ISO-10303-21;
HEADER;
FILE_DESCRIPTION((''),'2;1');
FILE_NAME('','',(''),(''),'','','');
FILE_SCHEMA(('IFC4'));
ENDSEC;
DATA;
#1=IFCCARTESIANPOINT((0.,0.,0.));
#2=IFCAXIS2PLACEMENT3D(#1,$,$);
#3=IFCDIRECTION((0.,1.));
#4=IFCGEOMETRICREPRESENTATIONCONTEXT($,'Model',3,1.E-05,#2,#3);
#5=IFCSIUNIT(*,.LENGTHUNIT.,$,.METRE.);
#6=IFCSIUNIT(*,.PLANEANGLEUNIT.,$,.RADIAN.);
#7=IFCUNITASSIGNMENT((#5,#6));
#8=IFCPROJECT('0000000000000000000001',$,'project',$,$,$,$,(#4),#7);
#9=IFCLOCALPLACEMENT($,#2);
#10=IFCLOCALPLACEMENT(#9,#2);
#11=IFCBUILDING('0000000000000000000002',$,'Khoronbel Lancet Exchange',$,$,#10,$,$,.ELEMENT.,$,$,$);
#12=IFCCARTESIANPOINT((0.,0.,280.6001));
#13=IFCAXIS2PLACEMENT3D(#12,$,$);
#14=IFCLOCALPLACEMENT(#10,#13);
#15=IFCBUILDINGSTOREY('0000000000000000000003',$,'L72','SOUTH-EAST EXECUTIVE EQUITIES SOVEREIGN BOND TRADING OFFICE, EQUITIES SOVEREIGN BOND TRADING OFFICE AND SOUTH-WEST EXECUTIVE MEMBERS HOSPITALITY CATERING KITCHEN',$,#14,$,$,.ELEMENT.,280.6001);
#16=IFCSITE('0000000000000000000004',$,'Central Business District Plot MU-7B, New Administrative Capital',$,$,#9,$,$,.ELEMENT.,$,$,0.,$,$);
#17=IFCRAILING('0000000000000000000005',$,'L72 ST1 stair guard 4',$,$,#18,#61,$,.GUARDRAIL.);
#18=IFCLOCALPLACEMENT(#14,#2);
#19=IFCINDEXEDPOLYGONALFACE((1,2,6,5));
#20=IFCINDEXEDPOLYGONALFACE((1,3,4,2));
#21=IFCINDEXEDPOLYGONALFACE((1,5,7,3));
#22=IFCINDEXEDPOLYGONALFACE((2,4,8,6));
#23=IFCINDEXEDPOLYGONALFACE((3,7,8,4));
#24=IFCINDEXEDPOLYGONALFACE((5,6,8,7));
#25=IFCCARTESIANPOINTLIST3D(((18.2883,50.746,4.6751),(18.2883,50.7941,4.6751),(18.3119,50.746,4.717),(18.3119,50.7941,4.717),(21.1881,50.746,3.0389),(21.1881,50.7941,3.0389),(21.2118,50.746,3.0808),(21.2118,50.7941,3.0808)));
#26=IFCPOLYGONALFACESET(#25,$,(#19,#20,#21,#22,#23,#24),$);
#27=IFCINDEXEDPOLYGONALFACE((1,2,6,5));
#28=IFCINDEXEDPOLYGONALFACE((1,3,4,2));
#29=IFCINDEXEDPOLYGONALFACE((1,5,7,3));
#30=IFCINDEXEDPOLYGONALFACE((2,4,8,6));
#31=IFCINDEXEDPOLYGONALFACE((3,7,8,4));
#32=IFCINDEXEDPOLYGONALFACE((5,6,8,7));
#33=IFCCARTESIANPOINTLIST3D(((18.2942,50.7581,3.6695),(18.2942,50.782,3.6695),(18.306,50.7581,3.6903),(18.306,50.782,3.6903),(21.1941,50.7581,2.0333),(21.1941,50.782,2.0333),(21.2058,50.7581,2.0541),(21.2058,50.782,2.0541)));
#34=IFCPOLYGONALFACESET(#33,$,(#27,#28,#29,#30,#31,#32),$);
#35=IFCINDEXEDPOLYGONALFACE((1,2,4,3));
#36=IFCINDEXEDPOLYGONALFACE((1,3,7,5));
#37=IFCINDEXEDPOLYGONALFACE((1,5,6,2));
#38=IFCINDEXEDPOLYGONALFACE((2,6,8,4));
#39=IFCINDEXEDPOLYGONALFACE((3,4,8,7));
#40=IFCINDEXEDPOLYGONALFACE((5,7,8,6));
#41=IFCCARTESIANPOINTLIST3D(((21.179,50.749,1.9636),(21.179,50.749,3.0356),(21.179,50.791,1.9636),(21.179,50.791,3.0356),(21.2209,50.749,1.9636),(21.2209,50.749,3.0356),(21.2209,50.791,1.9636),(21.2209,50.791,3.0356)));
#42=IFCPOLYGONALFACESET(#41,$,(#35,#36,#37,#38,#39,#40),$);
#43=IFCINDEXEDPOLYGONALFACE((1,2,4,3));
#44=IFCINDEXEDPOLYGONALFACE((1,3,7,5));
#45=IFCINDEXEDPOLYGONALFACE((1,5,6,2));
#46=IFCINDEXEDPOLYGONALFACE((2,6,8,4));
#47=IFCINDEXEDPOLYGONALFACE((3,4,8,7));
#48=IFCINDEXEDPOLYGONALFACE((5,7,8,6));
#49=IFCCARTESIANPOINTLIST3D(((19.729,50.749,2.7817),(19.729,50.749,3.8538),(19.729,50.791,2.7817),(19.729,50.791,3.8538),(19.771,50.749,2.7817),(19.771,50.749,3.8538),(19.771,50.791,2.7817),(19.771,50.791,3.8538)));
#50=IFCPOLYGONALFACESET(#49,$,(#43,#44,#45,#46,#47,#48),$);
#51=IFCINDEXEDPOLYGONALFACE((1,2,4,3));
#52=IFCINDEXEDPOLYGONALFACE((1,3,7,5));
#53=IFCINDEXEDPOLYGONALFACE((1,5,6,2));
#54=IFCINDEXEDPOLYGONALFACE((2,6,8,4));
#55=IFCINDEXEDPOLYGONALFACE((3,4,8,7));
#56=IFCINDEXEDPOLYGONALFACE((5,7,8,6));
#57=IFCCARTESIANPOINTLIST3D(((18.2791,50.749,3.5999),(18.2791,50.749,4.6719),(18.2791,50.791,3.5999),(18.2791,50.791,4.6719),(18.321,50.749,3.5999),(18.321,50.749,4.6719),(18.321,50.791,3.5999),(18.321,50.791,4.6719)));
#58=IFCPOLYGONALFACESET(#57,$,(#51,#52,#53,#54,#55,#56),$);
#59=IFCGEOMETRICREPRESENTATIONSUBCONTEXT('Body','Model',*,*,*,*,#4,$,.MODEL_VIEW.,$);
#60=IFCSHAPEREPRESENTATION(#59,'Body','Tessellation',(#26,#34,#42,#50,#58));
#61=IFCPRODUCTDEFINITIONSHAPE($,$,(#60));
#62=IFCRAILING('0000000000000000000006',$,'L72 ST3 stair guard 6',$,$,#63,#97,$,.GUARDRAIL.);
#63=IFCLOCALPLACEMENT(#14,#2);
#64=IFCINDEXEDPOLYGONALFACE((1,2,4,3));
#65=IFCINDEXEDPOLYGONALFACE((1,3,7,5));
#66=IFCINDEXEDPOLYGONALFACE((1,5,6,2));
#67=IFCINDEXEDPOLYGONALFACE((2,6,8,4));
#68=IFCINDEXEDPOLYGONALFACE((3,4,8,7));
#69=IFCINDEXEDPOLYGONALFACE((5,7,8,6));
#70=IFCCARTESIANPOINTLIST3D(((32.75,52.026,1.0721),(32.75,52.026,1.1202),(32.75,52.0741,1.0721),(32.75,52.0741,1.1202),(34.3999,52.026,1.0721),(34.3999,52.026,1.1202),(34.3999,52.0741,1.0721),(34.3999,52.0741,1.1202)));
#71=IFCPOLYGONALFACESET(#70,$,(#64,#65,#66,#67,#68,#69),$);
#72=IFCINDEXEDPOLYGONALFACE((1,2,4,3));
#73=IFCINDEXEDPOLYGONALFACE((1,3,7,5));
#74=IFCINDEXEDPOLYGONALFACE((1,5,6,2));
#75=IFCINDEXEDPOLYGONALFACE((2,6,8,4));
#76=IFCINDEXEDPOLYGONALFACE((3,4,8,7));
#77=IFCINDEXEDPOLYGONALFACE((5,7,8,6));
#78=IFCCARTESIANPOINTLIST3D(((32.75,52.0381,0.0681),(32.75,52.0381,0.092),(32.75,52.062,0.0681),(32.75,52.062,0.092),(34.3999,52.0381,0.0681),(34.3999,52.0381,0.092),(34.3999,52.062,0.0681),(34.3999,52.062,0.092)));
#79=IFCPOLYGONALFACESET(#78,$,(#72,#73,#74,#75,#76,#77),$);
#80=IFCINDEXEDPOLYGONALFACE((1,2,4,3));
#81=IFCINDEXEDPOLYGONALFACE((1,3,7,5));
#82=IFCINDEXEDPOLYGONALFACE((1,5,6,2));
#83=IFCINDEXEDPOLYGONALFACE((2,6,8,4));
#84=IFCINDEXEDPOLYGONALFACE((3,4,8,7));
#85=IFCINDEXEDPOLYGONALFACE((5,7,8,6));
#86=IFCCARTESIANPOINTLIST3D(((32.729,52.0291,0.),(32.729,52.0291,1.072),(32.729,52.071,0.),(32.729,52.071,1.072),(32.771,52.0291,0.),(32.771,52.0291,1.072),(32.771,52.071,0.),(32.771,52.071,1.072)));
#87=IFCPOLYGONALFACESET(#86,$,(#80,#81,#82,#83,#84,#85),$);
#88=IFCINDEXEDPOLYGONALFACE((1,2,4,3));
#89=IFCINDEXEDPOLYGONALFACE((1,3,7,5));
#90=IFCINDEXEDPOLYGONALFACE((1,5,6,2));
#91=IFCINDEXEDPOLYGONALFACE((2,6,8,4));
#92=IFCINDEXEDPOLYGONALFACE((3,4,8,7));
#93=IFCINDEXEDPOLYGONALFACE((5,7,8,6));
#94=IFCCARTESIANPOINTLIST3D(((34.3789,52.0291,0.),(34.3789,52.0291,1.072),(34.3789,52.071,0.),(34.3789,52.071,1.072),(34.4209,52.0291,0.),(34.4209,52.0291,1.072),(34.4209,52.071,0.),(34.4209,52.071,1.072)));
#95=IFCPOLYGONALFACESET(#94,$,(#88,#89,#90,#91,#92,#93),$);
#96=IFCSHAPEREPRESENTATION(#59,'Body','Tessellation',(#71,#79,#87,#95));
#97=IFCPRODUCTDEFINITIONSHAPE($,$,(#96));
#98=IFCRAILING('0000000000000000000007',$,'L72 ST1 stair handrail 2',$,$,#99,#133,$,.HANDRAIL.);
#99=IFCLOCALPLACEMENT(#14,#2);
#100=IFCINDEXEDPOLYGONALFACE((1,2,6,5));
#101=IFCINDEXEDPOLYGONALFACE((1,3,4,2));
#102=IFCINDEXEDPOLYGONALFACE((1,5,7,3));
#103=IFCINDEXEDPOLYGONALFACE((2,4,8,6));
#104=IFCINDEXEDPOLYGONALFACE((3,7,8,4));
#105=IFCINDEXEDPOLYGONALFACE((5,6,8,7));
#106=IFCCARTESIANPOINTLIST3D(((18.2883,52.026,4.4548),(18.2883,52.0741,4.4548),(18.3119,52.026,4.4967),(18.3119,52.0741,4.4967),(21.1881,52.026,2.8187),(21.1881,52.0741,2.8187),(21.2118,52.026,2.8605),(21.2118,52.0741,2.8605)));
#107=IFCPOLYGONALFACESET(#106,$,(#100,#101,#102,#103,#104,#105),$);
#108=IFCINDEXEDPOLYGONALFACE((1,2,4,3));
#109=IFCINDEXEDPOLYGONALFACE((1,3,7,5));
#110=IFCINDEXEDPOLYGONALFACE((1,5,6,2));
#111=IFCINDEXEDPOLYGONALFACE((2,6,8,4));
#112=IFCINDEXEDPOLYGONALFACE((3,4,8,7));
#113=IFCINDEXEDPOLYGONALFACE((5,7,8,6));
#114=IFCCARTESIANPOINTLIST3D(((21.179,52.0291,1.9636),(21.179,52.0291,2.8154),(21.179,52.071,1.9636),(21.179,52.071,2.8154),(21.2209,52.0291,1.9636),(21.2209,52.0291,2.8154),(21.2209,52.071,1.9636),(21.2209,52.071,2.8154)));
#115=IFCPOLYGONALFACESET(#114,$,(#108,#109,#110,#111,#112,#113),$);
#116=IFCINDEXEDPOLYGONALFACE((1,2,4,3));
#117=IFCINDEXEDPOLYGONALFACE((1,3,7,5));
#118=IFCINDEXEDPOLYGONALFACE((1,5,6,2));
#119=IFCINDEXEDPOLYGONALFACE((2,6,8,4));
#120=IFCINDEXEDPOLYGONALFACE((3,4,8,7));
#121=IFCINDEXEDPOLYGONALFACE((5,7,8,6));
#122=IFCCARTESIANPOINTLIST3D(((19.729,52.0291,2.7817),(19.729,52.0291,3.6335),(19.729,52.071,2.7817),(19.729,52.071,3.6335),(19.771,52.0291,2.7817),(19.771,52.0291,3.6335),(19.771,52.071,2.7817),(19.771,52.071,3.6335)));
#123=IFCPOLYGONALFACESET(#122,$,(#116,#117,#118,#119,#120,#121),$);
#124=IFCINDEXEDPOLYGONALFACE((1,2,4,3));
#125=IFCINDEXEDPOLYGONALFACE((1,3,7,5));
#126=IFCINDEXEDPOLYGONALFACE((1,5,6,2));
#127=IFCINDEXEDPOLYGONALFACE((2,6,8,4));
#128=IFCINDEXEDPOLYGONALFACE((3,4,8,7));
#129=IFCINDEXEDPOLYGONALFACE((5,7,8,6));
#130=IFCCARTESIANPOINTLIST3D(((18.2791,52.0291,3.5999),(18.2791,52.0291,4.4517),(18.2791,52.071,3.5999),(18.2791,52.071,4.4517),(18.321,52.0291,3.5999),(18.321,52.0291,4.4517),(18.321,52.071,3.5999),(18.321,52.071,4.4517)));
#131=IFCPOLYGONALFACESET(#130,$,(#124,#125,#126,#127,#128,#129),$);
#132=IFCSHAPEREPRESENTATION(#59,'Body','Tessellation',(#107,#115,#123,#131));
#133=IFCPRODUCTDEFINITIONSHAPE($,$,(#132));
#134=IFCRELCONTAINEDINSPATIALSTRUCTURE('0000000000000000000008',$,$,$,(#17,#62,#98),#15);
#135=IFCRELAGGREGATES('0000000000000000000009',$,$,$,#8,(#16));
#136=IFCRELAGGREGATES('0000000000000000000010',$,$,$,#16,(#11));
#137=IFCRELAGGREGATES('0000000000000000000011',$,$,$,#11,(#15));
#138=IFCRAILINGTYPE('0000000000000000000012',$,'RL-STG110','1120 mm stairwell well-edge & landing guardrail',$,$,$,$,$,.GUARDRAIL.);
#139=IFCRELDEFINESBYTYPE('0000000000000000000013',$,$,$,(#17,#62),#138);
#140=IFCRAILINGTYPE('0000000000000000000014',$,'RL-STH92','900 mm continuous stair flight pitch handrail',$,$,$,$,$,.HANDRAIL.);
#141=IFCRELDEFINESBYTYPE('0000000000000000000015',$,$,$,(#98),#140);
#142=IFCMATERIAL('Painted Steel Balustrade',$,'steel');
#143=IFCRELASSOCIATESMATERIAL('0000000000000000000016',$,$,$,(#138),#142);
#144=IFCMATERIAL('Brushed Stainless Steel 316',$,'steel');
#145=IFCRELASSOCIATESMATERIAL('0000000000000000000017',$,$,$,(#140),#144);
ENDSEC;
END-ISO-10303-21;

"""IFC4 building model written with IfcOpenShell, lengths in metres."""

from ifc_helpers import new_model, si_unit, direction, frame, origin, origin_2d, place, context, subcontext, project, spatial, rectangle, extrude, material, type_object, element, save


model = new_model("IFC4")

# Units and contexts
model_context = context("Model", 3, precision=1e-05, world=origin(), true_north=direction((0.0, 1.0)))
body_context = subcontext(model_context, "Body", "Model", "MODEL_VIEW")
ifc_project = project(units=[si_unit("LENGTHUNIT", "METRE"), si_unit("PLANEANGLEUNIT", "RADIAN")], contexts=[model_context])

# Site, building, storey
site_placement = place(None, origin())
site = spatial("IfcSite", under=ifc_project, at=site_placement, Name="Central Business District Plot MU-7B, New Administrative Capital", CompositionType="ELEMENT", RefElevation=0.0)
building_placement = place(site_placement, origin())
building = spatial("IfcBuilding", under=site, at=building_placement, Name="Khoronbel Lancet Exchange", CompositionType="ELEMENT")
storey_placement = place(building_placement, frame((0.0, 0.0, 280.6001)))
storey = spatial("IfcBuildingStorey", under=building, at=storey_placement, Name="L72", Description="SOUTH-EAST EXECUTIVE EQUITIES SOVEREIGN BOND TRADING OFFICE, EQUITIES SOVEREIGN BOND TRADING OFFICE AND SOUTH-WEST EXECUTIVE MEMBERS HOSPITALITY CATERING KITCHEN", CompositionType="ELEMENT", Elevation=280.6001)

# Railings
ifc_material_1 = material(Name="Painted Steel Balustrade", Category="steel")
railing_type_1 = type_object("IfcRailingType", Name="RL-STG110", Description="1120 mm stairwell well-edge & landing guardrail", PredefinedType="GUARDRAIL", material=ifc_material_1)
railing_1_placement = place(storey_placement, frame((21.2, 50.77, 1.9636)))
element("IfcRailing", 1, at=railing_1_placement, inside=storey, type_object=railing_type_1, Name="L72 ST1 stair guard 4", PredefinedType="GUARDRAIL", context=body_context, shape_type="SweptSolid", body=[
    extrude(rectangle(XDim=0.0481, YDim=0.0481, at=origin_2d()), frame((0.0, 0.0, 1.0962), z_axis=(-0.870929, 0.0, 0.49141), x_axis=(0.0, -1.0, 0.0)), (0.0, 0.0, 1.0), 3.3296),
    extrude(rectangle(XDim=0.0239, YDim=0.0239, at=origin_2d()), frame((0.0, 0.0, 0.0801), z_axis=(-0.870929, 0.0, 0.49141), x_axis=(0.0, -1.0, 0.0)), (0.0, 0.0, 1.0), 3.3296),
    extrude(rectangle(XDim=0.042, YDim=0.042, at=origin_2d()), origin(), (0.0, 0.0, 1.0), 1.072),
    extrude(rectangle(XDim=0.042, YDim=0.042, at=origin_2d()), frame((-1.45, 0.0, 0.8181)), (0.0, 0.0, 1.0), 1.072),
    extrude(rectangle(XDim=0.042, YDim=0.042, at=origin_2d()), frame((-2.8999, 0.0, 1.6362)), (0.0, 0.0, 1.0), 1.072),
])
railing_2_placement = place(storey_placement, frame((32.75, 52.05, 0.0)))
element("IfcRailing", 2, at=railing_2_placement, inside=storey, type_object=railing_type_1, Name="L72 ST3 stair guard 6", PredefinedType="GUARDRAIL", context=body_context, shape_type="SweptSolid", body=[
    extrude(rectangle(XDim=0.0481, YDim=0.0481, at=origin_2d()), frame((0.0, 0.0, 1.0962), z_axis=(1.0, 0.0, 0.0), x_axis=(0.0, 1.0, 0.0)), (0.0, 0.0, 1.0), 1.6499),
    extrude(rectangle(XDim=0.0239, YDim=0.0239, at=origin_2d()), frame((0.0, 0.0, 0.0801), z_axis=(1.0, 0.0, 0.0), x_axis=(0.0, 1.0, 0.0)), (0.0, 0.0, 1.0), 1.6499),
    extrude(rectangle(XDim=0.042, YDim=0.042, at=origin_2d()), origin(), (0.0, 0.0, 1.0), 1.072),
    extrude(rectangle(XDim=0.042, YDim=0.042, at=origin_2d()), frame((1.6499, 0.0, 0.0)), (0.0, 0.0, 1.0), 1.072),
])
ifc_material_2 = material(Name="Brushed Stainless Steel 316", Category="steel")
railing_type_2 = type_object("IfcRailingType", Name="RL-STH92", Description="900 mm continuous stair flight pitch handrail", PredefinedType="HANDRAIL", material=ifc_material_2)
railing_3_placement = place(storey_placement, frame((21.2, 52.05, 1.9636)))
element("IfcRailing", 3, at=railing_3_placement, inside=storey, type_object=railing_type_2, Name="L72 ST1 stair handrail 2", PredefinedType="HANDRAIL", context=body_context, shape_type="SweptSolid", body=[
    extrude(rectangle(XDim=0.0481, YDim=0.0481, at=origin_2d()), frame((0.0, 0.0, 0.876), z_axis=(-0.870929, 0.0, 0.49141), x_axis=(0.0, -1.0, 0.0)), (0.0, 0.0, 1.0), 3.3296),
    extrude(rectangle(XDim=0.042, YDim=0.042, at=origin_2d()), origin(), (0.0, 0.0, 1.0), 0.8518),
    extrude(rectangle(XDim=0.042, YDim=0.042, at=origin_2d()), frame((-1.45, 0.0, 0.8181)), (0.0, 0.0, 1.0), 0.8518),
    extrude(rectangle(XDim=0.042, YDim=0.042, at=origin_2d()), frame((-2.8999, 0.0, 1.6362)), (0.0, 0.0, 1.0), 0.8518),
])

save(model, "model.ifc")
